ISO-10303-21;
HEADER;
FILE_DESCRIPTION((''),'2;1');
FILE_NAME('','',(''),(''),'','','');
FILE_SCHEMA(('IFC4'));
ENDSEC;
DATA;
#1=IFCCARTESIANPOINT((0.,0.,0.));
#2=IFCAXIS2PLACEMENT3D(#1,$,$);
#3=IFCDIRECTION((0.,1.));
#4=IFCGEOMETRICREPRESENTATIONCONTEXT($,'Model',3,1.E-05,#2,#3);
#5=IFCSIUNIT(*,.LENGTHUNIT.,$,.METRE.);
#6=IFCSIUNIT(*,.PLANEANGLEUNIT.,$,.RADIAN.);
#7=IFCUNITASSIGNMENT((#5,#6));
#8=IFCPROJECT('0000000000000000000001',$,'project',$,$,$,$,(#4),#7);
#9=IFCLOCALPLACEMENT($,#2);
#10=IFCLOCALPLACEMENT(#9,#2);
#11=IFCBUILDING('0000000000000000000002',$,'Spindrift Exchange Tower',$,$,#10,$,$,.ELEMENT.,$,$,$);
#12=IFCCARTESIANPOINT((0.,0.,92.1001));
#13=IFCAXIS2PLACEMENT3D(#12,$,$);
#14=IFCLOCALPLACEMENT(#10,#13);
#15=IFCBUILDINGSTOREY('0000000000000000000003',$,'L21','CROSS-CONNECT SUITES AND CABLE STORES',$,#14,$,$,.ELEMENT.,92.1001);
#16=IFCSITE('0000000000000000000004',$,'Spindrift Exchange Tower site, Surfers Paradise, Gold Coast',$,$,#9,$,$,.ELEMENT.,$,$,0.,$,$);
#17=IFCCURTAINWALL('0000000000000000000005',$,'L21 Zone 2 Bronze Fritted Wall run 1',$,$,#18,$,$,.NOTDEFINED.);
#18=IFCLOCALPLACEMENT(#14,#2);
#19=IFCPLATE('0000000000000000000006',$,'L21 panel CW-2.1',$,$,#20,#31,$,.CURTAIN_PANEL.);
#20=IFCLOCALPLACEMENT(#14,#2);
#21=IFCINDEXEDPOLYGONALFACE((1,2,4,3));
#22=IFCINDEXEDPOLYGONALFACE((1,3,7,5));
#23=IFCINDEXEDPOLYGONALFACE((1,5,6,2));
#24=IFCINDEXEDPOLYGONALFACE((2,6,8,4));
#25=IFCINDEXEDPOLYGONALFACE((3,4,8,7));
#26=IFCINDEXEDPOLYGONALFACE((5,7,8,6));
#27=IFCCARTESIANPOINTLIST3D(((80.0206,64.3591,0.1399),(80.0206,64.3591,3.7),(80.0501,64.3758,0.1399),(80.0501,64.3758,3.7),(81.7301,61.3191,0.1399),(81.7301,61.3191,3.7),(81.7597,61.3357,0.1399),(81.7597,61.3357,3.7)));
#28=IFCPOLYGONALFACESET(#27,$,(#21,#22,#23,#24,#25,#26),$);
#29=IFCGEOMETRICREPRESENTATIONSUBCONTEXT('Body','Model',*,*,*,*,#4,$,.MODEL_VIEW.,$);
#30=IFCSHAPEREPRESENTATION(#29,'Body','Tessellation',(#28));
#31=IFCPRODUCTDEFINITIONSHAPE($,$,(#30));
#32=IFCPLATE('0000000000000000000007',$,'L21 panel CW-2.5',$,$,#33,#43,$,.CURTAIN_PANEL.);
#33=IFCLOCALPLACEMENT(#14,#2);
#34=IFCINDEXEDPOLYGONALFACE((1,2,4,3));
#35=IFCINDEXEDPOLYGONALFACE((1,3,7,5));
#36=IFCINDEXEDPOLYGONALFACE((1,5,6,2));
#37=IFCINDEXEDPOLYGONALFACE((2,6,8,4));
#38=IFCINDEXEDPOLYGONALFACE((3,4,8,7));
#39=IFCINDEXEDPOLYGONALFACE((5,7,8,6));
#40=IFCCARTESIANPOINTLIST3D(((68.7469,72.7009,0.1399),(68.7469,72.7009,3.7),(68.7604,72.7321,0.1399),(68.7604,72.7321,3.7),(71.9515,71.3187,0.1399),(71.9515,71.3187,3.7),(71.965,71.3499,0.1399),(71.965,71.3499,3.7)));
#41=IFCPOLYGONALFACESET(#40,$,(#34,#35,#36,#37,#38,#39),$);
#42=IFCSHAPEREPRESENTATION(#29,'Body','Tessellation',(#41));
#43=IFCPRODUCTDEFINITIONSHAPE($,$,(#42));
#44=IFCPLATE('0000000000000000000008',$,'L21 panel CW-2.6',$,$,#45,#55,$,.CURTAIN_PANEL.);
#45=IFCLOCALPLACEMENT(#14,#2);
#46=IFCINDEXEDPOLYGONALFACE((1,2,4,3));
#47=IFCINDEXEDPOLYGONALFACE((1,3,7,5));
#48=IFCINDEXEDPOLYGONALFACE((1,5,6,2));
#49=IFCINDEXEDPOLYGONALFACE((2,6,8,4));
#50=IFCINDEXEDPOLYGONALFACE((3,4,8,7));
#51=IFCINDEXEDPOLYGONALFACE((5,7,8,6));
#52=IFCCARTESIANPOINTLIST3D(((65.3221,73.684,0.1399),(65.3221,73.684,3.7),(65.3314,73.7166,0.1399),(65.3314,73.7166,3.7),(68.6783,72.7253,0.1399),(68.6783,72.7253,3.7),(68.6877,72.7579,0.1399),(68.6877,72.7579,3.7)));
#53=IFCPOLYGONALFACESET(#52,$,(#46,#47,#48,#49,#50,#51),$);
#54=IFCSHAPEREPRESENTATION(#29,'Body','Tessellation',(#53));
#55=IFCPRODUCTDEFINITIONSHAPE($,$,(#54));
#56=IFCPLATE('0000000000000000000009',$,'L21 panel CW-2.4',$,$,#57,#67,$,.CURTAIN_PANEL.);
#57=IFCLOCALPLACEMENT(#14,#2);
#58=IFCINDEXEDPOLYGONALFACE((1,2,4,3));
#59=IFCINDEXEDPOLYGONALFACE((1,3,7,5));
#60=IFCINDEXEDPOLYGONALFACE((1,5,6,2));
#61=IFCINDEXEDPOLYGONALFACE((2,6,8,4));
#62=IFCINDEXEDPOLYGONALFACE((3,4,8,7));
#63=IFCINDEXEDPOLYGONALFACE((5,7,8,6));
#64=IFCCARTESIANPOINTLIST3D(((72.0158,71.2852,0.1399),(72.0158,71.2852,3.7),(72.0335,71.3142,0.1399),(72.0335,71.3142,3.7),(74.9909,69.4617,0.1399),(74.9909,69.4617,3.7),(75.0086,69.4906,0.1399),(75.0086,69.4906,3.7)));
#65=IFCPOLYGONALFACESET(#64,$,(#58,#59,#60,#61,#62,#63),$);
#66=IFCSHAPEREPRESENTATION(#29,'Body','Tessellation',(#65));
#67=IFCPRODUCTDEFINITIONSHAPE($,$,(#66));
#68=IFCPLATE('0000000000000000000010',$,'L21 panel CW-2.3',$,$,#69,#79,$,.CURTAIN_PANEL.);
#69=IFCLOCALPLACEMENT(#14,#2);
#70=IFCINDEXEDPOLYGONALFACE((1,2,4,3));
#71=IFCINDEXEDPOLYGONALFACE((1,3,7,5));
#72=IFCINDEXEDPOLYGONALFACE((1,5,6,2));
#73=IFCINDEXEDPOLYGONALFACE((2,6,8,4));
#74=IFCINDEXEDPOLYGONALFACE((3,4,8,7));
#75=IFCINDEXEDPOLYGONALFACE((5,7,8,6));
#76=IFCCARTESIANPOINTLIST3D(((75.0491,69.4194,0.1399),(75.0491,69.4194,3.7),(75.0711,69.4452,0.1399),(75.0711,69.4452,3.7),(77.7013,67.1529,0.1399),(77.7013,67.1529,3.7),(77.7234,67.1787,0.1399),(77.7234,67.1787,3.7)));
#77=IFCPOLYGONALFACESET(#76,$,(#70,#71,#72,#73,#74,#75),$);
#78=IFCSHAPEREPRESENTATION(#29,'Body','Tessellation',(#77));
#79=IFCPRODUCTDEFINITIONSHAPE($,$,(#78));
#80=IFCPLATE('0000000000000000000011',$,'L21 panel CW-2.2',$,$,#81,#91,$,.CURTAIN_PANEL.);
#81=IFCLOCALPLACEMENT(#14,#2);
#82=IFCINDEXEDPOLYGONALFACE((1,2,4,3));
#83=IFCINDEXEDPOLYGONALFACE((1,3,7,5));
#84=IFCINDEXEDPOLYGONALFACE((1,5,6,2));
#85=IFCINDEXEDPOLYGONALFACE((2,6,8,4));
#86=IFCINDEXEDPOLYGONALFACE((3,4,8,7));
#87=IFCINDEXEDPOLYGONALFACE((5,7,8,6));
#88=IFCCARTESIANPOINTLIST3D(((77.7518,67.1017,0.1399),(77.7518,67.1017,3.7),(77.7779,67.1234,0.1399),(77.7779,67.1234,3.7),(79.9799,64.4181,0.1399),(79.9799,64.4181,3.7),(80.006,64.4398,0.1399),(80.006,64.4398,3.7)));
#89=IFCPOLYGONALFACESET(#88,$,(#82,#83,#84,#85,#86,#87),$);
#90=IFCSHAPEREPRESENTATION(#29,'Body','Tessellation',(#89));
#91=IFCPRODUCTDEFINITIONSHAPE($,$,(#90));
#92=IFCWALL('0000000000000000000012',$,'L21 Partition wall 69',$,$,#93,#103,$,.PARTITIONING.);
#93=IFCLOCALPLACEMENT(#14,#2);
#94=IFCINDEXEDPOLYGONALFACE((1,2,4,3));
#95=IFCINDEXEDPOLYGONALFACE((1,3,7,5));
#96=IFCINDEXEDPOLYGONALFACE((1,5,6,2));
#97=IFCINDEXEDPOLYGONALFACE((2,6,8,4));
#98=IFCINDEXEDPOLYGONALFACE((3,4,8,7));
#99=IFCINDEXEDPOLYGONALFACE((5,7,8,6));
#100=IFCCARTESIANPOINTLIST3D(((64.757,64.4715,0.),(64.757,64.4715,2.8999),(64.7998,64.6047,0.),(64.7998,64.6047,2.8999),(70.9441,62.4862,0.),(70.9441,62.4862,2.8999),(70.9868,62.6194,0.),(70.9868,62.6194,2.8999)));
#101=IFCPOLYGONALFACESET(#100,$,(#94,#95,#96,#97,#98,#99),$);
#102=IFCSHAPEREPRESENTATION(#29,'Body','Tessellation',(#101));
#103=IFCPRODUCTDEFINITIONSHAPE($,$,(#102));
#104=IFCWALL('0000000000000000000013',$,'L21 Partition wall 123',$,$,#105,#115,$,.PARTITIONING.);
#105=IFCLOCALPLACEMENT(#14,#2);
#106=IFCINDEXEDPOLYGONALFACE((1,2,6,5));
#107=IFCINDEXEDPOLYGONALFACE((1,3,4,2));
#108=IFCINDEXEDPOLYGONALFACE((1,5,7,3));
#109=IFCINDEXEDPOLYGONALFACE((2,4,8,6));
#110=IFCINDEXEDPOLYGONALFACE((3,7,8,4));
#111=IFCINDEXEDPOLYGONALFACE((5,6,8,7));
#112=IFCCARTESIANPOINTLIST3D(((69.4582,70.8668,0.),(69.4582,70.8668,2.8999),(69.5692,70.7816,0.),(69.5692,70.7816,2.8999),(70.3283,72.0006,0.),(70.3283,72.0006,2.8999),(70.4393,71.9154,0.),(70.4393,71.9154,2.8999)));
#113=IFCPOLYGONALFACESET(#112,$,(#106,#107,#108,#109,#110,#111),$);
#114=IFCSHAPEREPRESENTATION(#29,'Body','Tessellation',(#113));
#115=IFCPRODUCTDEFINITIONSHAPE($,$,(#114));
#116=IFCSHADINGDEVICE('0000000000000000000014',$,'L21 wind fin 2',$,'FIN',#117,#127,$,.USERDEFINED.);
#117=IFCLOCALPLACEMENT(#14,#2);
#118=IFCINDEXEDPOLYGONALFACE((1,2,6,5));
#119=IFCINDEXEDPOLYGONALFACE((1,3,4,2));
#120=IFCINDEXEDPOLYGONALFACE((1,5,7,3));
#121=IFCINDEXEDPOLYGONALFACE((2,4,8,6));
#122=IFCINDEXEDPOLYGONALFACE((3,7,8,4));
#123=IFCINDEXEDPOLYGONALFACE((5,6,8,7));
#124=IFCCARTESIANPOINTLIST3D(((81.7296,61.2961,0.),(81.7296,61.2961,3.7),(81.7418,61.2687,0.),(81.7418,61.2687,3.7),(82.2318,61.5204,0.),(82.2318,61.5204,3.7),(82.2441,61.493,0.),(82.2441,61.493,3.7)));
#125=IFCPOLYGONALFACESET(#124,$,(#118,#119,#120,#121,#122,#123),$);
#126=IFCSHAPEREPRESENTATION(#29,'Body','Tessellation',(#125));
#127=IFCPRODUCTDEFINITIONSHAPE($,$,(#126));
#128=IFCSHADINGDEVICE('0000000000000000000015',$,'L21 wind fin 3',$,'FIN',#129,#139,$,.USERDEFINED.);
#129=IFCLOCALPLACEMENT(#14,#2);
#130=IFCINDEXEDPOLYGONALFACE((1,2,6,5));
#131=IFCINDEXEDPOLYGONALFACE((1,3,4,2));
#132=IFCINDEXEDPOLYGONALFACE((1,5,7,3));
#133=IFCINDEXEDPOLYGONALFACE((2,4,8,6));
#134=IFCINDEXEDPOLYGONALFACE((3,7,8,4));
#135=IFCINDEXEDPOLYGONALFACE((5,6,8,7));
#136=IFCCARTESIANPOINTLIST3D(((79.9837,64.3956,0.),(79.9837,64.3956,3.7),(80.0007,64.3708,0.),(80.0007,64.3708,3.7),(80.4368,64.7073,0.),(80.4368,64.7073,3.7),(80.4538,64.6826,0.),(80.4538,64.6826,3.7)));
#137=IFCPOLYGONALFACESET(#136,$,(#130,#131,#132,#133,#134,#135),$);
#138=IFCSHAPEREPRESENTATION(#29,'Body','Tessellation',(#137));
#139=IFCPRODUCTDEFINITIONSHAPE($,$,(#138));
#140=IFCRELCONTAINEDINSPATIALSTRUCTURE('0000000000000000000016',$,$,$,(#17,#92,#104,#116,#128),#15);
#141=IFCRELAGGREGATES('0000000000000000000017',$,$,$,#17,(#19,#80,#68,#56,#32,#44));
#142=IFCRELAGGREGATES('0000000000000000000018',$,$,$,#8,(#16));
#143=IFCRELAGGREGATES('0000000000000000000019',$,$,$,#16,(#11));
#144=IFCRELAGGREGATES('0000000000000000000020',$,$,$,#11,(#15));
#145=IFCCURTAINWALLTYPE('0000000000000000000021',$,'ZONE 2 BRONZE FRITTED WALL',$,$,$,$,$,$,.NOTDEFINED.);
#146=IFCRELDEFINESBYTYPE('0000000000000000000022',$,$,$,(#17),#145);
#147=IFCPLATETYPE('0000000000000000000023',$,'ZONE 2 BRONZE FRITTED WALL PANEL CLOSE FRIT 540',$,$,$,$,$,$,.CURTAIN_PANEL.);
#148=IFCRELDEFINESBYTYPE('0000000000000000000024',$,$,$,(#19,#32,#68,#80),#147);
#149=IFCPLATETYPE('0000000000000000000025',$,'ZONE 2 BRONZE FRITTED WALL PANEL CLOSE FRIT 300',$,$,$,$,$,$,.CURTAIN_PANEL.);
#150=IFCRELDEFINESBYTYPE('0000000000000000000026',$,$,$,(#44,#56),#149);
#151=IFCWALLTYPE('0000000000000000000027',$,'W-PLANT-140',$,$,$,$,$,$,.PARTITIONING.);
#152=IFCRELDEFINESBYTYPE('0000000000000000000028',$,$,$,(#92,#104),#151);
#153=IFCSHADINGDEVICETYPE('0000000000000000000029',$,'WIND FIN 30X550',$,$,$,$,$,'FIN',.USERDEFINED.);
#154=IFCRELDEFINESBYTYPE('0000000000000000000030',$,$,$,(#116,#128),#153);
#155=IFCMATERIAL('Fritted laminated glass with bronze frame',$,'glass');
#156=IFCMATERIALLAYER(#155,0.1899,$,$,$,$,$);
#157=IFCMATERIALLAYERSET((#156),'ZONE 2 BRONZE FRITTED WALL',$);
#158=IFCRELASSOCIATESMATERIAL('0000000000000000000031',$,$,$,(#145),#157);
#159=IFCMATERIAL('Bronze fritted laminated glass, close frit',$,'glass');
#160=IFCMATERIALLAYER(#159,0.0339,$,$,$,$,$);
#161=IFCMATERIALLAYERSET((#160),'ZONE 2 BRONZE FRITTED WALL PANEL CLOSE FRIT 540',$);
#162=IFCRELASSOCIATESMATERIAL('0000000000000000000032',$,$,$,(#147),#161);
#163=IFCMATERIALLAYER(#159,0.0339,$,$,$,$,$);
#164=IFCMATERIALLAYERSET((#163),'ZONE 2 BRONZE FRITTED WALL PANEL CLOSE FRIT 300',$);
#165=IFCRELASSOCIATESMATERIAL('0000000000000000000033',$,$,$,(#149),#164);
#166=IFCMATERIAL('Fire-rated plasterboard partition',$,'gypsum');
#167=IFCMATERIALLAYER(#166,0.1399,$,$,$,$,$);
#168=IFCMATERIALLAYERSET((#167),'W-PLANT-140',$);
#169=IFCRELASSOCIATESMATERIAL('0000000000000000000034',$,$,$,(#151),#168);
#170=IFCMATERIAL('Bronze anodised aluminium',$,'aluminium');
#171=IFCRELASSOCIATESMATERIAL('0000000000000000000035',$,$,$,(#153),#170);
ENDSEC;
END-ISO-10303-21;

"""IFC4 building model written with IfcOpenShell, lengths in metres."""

from ifc_helpers import new_model, si_unit, direction, frame, frame_2d, origin, origin_2d, place, context, subcontext, project, spatial, rectangle, extrude, source, transform, mapped, material, layer, layer_set, material_profile, profile_set, type_object, element, aggregate, save


model = new_model("IFC4")

# Units and contexts
model_context = context("Model", 3, precision=1e-05, world=origin(), true_north=direction((0.0, 1.0)))
body_context = subcontext(model_context, "Body", "Model", "MODEL_VIEW")
ifc_project = project(units=[si_unit("LENGTHUNIT", "METRE"), si_unit("PLANEANGLEUNIT", "RADIAN")], contexts=[model_context])

# Site, building, storey
site_placement = place(None, origin())
site = spatial("IfcSite", under=ifc_project, at=site_placement, Name="Spindrift Exchange Tower site, Surfers Paradise, Gold Coast", CompositionType="ELEMENT", RefElevation=0.0)
building_placement = place(site_placement, origin())
building = spatial("IfcBuilding", under=site, at=building_placement, Name="Spindrift Exchange Tower", CompositionType="ELEMENT")
storey_placement = place(building_placement, frame((0.0, 0.0, 92.1001)))
storey = spatial("IfcBuildingStorey", under=building, at=storey_placement, Name="L21", Description="CROSS-CONNECT SUITES AND CABLE STORES", CompositionType="ELEMENT", Elevation=92.1001)

# Curtain wall
ifc_material_1 = material(Name="Fritted laminated glass with bronze frame", Category="glass")
ifc_layer_1 = layer(ifc_material_1, 0.1899)
ifc_layer_set_1 = layer_set([ifc_layer_1], Name="ZONE 2 BRONZE FRITTED WALL")
curtain_wall_type = type_object("IfcCurtainWallType", Name="ZONE 2 BRONZE FRITTED WALL", PredefinedType="NOTDEFINED", material=ifc_layer_set_1)
curtain_wall_1_placement = place(storey_placement, origin())
curtain_wall_1 = element("IfcCurtainWall", 1, at=curtain_wall_1_placement, inside=storey, type_object=curtain_wall_type, Name="L21 Zone 2 Bronze Fritted Wall run 1", PredefinedType="NOTDEFINED")
ifc_material_2 = material(Name="Bronze anodised aluminium", Category="aluminium")

# Plates
ifc_material_3 = material(Name="Bronze fritted laminated glass, close frit", Category="glass")
ifc_layer_2 = layer(ifc_material_3, 0.0339)
ifc_layer_set_2 = layer_set([ifc_layer_2], Name="ZONE 2 BRONZE FRITTED WALL PANEL CLOSE FRIT 540")
plate_type_1 = type_object("IfcPlateType", Name="ZONE 2 BRONZE FRITTED WALL PANEL CLOSE FRIT 540", PredefinedType="CURTAIN_PANEL", material=ifc_layer_set_2)
shared_shape_1 = source(origin(), body_context, "Body", "SweptSolid", [
    extrude(rectangle(XDim=3.4878, YDim=0.0339, at=origin_2d()), origin(), (0.0, 0.0, 1.0), 3.5601),
])
plate_1_placement = place(storey_placement, frame((80.8901, 62.8474, 0.1399), z_axis=(0.0, 0.0, 1.0), x_axis=(-0.490157, 0.871634, 0.0)))
plate_1 = element("IfcPlate", 2, at=plate_1_placement, type_object=plate_type_1, Name="L21 panel CW-2.1", PredefinedType="CURTAIN_PANEL", context=body_context, shape_type="MappedRepresentation", body=[
    mapped(shared_shape_1, transform((0.0, 0.0, 0.0), scale=1.0)),
])
shared_shape_2 = source(origin(), body_context, "Body", "SweptSolid", [
    extrude(rectangle(XDim=3.49, YDim=0.0339, at=origin_2d()), origin(), (0.0, 0.0, 1.0), 3.5601),
])
plate_2_placement = place(storey_placement, frame((70.356, 72.0254, 0.1399), z_axis=(0.0, 0.0, 1.0), x_axis=(-0.918232, 0.396044, 0.0)))
plate_2 = element("IfcPlate", 3, at=plate_2_placement, type_object=plate_type_1, Name="L21 panel CW-2.5", PredefinedType="CURTAIN_PANEL", context=body_context, shape_type="MappedRepresentation", body=[
    mapped(shared_shape_2, transform((0.0, 0.0, 0.0), scale=1.0)),
])
ifc_layer_3 = layer(ifc_material_3, 0.0339)
ifc_layer_set_3 = layer_set([ifc_layer_3], Name="ZONE 2 BRONZE FRITTED WALL PANEL CLOSE FRIT 300")
plate_type_2 = type_object("IfcPlateType", Name="ZONE 2 BRONZE FRITTED WALL PANEL CLOSE FRIT 300", PredefinedType="CURTAIN_PANEL", material=ifc_layer_set_3)
shared_shape_3 = source(origin(), body_context, "Body", "SweptSolid", [
    extrude(rectangle(XDim=3.4905, YDim=0.0339, at=origin_2d()), origin(), (0.0, 0.0, 1.0), 3.5601),
])
plate_3_placement = place(storey_placement, frame((67.0049, 73.2209, 0.1399), z_axis=(0.0, 0.0, 1.0), x_axis=(-0.96154, 0.274666, 0.0)))
plate_3 = element("IfcPlate", 4, at=plate_3_placement, type_object=plate_type_2, Name="L21 panel CW-2.6", PredefinedType="CURTAIN_PANEL", context=body_context, shape_type="MappedRepresentation", body=[
    mapped(shared_shape_3, transform((0.0, 0.0, 0.0), scale=1.0)),
])
shared_shape_4 = source(origin(), body_context, "Body", "SweptSolid", [
    extrude(rectangle(XDim=3.4895, YDim=0.0339, at=origin_2d()), origin(), (0.0, 0.0, 1.0), 3.5601),
])
plate_4_placement = place(storey_placement, frame((73.5122, 70.3879, 0.1399), z_axis=(0.0, 0.0, 1.0), x_axis=(-0.85259, 0.52258, 0.0)))
plate_4 = element("IfcPlate", 5, at=plate_4_placement, type_object=plate_type_2, Name="L21 panel CW-2.4", PredefinedType="CURTAIN_PANEL", context=body_context, shape_type="MappedRepresentation", body=[
    mapped(shared_shape_4, transform((0.0, 0.0, 0.0), scale=1.0)),
])
shared_shape_5 = source(origin(), body_context, "Body", "SweptSolid", [
    extrude(rectangle(XDim=3.4888, YDim=0.0339, at=origin_2d()), origin(), (0.0, 0.0, 1.0), 3.5601),
])
plate_5_placement = place(storey_placement, frame((76.3862, 68.2991, 0.1399), z_axis=(0.0, 0.0, 1.0), x_axis=(-0.760235, 0.649648, 0.0)))
plate_5 = element("IfcPlate", 6, at=plate_5_placement, type_object=plate_type_1, Name="L21 panel CW-2.3", PredefinedType="CURTAIN_PANEL", context=body_context, shape_type="MappedRepresentation", body=[
    mapped(shared_shape_5, transform((0.0, 0.0, 0.0), scale=1.0)),
])
shared_shape_6 = source(origin(), body_context, "Body", "SweptSolid", [
    extrude(rectangle(XDim=3.488, YDim=0.0339, at=origin_2d()), origin(), (0.0, 0.0, 1.0), 3.5601),
])
plate_6_placement = place(storey_placement, frame((78.8789, 65.7708, 0.1399), z_axis=(0.0, 0.0, 1.0), x_axis=(-0.638776, 0.769393, 0.0)))
plate_6 = element("IfcPlate", 7, at=plate_6_placement, type_object=plate_type_1, Name="L21 panel CW-2.2", PredefinedType="CURTAIN_PANEL", context=body_context, shape_type="MappedRepresentation", body=[
    mapped(shared_shape_6, transform((0.0, 0.0, 0.0), scale=1.0)),
])
aggregate(curtain_wall_1, [plate_1, plate_6, plate_5, plate_4, plate_2, plate_3])

# Walls
ifc_material_4 = material(Name="Fire-rated plasterboard partition", Category="gypsum")
ifc_layer_4 = layer(ifc_material_4, 0.1399)
ifc_layer_set_4 = layer_set([ifc_layer_4], Name="W-PLANT-140")
wall_type = type_object("IfcWallType", Name="W-PLANT-140", PredefinedType="PARTITIONING", material=ifc_layer_set_4)
wall_1_placement = place(storey_placement, frame((70.9656, 62.5527, 0.0), z_axis=(0.0, 0.0, 1.0), x_axis=(-0.952178, 0.305545, 0.0)))
element("IfcWall", 8, at=wall_1_placement, inside=storey, type_object=wall_type, Name="L21 Partition wall 69", PredefinedType="PARTITIONING", context=body_context, shape_type="SweptSolid", body=[
    extrude(rectangle(XDim=6.4978, YDim=0.1399, at=frame_2d((3.249, 0.0))), origin(), (0.0, 0.0, 1.0), 2.8999),
])
wall_2_placement = place(storey_placement, frame((69.5137, 70.8242, 0.0), z_axis=(0.0, 0.0, 1.0), x_axis=(0.608819, 0.793309, 0.0)))
element("IfcWall", 9, at=wall_2_placement, inside=storey, type_object=wall_type, Name="L21 Partition wall 123", PredefinedType="PARTITIONING", context=body_context, shape_type="SweptSolid", body=[
    extrude(rectangle(XDim=1.4292, YDim=0.1399, at=frame_2d((0.7146, 0.0))), origin(), (0.0, 0.0, 1.0), 2.8999),
])

# Shading devices
ifc_material_profile_1 = material_profile(ifc_material_2, rectangle(XDim=0.03, YDim=0.55, at=origin_2d()), Name="WIND FIN 30X550")
ifc_profile_set_1 = profile_set([ifc_material_profile_1], Name="Bronze anodised aluminium")
shading_device_type = type_object("IfcShadingDeviceType", Name="WIND FIN 30X550", ElementType="FIN", PredefinedType="USERDEFINED", material=ifc_profile_set_1)
shared_shape_7 = source(origin(), body_context, "Body", "SweptSolid", [
    extrude(rectangle(XDim=0.03, YDim=0.55, at=origin_2d()), origin(), (0.0, 0.0, 1.0), 3.7),
])
for number, where, z_axis, x_axis, name in (
    (10, (81.9868, 61.3945, 0.0), (0.0, 0.0, 1.0), (-0.407851, 0.913049, 0.0), "L21 wind fin 2"),
    (11, (80.2188, 64.5391, 0.0), (0.0, 0.0, 1.0), (-0.566776, 0.823872, 0.0), "L21 wind fin 3"),
):
    element("IfcShadingDevice", number, at=place(storey_placement, frame(where, z_axis=z_axis, x_axis=x_axis)), inside=storey, type_object=shading_device_type, Name=name, ObjectType="FIN", PredefinedType="USERDEFINED", context=body_context, shape_type="MappedRepresentation", body=[
        mapped(shared_shape_7, transform((0.0, 0.0, 0.0), scale=1.0)),
    ])

save(model, "model.ifc")
